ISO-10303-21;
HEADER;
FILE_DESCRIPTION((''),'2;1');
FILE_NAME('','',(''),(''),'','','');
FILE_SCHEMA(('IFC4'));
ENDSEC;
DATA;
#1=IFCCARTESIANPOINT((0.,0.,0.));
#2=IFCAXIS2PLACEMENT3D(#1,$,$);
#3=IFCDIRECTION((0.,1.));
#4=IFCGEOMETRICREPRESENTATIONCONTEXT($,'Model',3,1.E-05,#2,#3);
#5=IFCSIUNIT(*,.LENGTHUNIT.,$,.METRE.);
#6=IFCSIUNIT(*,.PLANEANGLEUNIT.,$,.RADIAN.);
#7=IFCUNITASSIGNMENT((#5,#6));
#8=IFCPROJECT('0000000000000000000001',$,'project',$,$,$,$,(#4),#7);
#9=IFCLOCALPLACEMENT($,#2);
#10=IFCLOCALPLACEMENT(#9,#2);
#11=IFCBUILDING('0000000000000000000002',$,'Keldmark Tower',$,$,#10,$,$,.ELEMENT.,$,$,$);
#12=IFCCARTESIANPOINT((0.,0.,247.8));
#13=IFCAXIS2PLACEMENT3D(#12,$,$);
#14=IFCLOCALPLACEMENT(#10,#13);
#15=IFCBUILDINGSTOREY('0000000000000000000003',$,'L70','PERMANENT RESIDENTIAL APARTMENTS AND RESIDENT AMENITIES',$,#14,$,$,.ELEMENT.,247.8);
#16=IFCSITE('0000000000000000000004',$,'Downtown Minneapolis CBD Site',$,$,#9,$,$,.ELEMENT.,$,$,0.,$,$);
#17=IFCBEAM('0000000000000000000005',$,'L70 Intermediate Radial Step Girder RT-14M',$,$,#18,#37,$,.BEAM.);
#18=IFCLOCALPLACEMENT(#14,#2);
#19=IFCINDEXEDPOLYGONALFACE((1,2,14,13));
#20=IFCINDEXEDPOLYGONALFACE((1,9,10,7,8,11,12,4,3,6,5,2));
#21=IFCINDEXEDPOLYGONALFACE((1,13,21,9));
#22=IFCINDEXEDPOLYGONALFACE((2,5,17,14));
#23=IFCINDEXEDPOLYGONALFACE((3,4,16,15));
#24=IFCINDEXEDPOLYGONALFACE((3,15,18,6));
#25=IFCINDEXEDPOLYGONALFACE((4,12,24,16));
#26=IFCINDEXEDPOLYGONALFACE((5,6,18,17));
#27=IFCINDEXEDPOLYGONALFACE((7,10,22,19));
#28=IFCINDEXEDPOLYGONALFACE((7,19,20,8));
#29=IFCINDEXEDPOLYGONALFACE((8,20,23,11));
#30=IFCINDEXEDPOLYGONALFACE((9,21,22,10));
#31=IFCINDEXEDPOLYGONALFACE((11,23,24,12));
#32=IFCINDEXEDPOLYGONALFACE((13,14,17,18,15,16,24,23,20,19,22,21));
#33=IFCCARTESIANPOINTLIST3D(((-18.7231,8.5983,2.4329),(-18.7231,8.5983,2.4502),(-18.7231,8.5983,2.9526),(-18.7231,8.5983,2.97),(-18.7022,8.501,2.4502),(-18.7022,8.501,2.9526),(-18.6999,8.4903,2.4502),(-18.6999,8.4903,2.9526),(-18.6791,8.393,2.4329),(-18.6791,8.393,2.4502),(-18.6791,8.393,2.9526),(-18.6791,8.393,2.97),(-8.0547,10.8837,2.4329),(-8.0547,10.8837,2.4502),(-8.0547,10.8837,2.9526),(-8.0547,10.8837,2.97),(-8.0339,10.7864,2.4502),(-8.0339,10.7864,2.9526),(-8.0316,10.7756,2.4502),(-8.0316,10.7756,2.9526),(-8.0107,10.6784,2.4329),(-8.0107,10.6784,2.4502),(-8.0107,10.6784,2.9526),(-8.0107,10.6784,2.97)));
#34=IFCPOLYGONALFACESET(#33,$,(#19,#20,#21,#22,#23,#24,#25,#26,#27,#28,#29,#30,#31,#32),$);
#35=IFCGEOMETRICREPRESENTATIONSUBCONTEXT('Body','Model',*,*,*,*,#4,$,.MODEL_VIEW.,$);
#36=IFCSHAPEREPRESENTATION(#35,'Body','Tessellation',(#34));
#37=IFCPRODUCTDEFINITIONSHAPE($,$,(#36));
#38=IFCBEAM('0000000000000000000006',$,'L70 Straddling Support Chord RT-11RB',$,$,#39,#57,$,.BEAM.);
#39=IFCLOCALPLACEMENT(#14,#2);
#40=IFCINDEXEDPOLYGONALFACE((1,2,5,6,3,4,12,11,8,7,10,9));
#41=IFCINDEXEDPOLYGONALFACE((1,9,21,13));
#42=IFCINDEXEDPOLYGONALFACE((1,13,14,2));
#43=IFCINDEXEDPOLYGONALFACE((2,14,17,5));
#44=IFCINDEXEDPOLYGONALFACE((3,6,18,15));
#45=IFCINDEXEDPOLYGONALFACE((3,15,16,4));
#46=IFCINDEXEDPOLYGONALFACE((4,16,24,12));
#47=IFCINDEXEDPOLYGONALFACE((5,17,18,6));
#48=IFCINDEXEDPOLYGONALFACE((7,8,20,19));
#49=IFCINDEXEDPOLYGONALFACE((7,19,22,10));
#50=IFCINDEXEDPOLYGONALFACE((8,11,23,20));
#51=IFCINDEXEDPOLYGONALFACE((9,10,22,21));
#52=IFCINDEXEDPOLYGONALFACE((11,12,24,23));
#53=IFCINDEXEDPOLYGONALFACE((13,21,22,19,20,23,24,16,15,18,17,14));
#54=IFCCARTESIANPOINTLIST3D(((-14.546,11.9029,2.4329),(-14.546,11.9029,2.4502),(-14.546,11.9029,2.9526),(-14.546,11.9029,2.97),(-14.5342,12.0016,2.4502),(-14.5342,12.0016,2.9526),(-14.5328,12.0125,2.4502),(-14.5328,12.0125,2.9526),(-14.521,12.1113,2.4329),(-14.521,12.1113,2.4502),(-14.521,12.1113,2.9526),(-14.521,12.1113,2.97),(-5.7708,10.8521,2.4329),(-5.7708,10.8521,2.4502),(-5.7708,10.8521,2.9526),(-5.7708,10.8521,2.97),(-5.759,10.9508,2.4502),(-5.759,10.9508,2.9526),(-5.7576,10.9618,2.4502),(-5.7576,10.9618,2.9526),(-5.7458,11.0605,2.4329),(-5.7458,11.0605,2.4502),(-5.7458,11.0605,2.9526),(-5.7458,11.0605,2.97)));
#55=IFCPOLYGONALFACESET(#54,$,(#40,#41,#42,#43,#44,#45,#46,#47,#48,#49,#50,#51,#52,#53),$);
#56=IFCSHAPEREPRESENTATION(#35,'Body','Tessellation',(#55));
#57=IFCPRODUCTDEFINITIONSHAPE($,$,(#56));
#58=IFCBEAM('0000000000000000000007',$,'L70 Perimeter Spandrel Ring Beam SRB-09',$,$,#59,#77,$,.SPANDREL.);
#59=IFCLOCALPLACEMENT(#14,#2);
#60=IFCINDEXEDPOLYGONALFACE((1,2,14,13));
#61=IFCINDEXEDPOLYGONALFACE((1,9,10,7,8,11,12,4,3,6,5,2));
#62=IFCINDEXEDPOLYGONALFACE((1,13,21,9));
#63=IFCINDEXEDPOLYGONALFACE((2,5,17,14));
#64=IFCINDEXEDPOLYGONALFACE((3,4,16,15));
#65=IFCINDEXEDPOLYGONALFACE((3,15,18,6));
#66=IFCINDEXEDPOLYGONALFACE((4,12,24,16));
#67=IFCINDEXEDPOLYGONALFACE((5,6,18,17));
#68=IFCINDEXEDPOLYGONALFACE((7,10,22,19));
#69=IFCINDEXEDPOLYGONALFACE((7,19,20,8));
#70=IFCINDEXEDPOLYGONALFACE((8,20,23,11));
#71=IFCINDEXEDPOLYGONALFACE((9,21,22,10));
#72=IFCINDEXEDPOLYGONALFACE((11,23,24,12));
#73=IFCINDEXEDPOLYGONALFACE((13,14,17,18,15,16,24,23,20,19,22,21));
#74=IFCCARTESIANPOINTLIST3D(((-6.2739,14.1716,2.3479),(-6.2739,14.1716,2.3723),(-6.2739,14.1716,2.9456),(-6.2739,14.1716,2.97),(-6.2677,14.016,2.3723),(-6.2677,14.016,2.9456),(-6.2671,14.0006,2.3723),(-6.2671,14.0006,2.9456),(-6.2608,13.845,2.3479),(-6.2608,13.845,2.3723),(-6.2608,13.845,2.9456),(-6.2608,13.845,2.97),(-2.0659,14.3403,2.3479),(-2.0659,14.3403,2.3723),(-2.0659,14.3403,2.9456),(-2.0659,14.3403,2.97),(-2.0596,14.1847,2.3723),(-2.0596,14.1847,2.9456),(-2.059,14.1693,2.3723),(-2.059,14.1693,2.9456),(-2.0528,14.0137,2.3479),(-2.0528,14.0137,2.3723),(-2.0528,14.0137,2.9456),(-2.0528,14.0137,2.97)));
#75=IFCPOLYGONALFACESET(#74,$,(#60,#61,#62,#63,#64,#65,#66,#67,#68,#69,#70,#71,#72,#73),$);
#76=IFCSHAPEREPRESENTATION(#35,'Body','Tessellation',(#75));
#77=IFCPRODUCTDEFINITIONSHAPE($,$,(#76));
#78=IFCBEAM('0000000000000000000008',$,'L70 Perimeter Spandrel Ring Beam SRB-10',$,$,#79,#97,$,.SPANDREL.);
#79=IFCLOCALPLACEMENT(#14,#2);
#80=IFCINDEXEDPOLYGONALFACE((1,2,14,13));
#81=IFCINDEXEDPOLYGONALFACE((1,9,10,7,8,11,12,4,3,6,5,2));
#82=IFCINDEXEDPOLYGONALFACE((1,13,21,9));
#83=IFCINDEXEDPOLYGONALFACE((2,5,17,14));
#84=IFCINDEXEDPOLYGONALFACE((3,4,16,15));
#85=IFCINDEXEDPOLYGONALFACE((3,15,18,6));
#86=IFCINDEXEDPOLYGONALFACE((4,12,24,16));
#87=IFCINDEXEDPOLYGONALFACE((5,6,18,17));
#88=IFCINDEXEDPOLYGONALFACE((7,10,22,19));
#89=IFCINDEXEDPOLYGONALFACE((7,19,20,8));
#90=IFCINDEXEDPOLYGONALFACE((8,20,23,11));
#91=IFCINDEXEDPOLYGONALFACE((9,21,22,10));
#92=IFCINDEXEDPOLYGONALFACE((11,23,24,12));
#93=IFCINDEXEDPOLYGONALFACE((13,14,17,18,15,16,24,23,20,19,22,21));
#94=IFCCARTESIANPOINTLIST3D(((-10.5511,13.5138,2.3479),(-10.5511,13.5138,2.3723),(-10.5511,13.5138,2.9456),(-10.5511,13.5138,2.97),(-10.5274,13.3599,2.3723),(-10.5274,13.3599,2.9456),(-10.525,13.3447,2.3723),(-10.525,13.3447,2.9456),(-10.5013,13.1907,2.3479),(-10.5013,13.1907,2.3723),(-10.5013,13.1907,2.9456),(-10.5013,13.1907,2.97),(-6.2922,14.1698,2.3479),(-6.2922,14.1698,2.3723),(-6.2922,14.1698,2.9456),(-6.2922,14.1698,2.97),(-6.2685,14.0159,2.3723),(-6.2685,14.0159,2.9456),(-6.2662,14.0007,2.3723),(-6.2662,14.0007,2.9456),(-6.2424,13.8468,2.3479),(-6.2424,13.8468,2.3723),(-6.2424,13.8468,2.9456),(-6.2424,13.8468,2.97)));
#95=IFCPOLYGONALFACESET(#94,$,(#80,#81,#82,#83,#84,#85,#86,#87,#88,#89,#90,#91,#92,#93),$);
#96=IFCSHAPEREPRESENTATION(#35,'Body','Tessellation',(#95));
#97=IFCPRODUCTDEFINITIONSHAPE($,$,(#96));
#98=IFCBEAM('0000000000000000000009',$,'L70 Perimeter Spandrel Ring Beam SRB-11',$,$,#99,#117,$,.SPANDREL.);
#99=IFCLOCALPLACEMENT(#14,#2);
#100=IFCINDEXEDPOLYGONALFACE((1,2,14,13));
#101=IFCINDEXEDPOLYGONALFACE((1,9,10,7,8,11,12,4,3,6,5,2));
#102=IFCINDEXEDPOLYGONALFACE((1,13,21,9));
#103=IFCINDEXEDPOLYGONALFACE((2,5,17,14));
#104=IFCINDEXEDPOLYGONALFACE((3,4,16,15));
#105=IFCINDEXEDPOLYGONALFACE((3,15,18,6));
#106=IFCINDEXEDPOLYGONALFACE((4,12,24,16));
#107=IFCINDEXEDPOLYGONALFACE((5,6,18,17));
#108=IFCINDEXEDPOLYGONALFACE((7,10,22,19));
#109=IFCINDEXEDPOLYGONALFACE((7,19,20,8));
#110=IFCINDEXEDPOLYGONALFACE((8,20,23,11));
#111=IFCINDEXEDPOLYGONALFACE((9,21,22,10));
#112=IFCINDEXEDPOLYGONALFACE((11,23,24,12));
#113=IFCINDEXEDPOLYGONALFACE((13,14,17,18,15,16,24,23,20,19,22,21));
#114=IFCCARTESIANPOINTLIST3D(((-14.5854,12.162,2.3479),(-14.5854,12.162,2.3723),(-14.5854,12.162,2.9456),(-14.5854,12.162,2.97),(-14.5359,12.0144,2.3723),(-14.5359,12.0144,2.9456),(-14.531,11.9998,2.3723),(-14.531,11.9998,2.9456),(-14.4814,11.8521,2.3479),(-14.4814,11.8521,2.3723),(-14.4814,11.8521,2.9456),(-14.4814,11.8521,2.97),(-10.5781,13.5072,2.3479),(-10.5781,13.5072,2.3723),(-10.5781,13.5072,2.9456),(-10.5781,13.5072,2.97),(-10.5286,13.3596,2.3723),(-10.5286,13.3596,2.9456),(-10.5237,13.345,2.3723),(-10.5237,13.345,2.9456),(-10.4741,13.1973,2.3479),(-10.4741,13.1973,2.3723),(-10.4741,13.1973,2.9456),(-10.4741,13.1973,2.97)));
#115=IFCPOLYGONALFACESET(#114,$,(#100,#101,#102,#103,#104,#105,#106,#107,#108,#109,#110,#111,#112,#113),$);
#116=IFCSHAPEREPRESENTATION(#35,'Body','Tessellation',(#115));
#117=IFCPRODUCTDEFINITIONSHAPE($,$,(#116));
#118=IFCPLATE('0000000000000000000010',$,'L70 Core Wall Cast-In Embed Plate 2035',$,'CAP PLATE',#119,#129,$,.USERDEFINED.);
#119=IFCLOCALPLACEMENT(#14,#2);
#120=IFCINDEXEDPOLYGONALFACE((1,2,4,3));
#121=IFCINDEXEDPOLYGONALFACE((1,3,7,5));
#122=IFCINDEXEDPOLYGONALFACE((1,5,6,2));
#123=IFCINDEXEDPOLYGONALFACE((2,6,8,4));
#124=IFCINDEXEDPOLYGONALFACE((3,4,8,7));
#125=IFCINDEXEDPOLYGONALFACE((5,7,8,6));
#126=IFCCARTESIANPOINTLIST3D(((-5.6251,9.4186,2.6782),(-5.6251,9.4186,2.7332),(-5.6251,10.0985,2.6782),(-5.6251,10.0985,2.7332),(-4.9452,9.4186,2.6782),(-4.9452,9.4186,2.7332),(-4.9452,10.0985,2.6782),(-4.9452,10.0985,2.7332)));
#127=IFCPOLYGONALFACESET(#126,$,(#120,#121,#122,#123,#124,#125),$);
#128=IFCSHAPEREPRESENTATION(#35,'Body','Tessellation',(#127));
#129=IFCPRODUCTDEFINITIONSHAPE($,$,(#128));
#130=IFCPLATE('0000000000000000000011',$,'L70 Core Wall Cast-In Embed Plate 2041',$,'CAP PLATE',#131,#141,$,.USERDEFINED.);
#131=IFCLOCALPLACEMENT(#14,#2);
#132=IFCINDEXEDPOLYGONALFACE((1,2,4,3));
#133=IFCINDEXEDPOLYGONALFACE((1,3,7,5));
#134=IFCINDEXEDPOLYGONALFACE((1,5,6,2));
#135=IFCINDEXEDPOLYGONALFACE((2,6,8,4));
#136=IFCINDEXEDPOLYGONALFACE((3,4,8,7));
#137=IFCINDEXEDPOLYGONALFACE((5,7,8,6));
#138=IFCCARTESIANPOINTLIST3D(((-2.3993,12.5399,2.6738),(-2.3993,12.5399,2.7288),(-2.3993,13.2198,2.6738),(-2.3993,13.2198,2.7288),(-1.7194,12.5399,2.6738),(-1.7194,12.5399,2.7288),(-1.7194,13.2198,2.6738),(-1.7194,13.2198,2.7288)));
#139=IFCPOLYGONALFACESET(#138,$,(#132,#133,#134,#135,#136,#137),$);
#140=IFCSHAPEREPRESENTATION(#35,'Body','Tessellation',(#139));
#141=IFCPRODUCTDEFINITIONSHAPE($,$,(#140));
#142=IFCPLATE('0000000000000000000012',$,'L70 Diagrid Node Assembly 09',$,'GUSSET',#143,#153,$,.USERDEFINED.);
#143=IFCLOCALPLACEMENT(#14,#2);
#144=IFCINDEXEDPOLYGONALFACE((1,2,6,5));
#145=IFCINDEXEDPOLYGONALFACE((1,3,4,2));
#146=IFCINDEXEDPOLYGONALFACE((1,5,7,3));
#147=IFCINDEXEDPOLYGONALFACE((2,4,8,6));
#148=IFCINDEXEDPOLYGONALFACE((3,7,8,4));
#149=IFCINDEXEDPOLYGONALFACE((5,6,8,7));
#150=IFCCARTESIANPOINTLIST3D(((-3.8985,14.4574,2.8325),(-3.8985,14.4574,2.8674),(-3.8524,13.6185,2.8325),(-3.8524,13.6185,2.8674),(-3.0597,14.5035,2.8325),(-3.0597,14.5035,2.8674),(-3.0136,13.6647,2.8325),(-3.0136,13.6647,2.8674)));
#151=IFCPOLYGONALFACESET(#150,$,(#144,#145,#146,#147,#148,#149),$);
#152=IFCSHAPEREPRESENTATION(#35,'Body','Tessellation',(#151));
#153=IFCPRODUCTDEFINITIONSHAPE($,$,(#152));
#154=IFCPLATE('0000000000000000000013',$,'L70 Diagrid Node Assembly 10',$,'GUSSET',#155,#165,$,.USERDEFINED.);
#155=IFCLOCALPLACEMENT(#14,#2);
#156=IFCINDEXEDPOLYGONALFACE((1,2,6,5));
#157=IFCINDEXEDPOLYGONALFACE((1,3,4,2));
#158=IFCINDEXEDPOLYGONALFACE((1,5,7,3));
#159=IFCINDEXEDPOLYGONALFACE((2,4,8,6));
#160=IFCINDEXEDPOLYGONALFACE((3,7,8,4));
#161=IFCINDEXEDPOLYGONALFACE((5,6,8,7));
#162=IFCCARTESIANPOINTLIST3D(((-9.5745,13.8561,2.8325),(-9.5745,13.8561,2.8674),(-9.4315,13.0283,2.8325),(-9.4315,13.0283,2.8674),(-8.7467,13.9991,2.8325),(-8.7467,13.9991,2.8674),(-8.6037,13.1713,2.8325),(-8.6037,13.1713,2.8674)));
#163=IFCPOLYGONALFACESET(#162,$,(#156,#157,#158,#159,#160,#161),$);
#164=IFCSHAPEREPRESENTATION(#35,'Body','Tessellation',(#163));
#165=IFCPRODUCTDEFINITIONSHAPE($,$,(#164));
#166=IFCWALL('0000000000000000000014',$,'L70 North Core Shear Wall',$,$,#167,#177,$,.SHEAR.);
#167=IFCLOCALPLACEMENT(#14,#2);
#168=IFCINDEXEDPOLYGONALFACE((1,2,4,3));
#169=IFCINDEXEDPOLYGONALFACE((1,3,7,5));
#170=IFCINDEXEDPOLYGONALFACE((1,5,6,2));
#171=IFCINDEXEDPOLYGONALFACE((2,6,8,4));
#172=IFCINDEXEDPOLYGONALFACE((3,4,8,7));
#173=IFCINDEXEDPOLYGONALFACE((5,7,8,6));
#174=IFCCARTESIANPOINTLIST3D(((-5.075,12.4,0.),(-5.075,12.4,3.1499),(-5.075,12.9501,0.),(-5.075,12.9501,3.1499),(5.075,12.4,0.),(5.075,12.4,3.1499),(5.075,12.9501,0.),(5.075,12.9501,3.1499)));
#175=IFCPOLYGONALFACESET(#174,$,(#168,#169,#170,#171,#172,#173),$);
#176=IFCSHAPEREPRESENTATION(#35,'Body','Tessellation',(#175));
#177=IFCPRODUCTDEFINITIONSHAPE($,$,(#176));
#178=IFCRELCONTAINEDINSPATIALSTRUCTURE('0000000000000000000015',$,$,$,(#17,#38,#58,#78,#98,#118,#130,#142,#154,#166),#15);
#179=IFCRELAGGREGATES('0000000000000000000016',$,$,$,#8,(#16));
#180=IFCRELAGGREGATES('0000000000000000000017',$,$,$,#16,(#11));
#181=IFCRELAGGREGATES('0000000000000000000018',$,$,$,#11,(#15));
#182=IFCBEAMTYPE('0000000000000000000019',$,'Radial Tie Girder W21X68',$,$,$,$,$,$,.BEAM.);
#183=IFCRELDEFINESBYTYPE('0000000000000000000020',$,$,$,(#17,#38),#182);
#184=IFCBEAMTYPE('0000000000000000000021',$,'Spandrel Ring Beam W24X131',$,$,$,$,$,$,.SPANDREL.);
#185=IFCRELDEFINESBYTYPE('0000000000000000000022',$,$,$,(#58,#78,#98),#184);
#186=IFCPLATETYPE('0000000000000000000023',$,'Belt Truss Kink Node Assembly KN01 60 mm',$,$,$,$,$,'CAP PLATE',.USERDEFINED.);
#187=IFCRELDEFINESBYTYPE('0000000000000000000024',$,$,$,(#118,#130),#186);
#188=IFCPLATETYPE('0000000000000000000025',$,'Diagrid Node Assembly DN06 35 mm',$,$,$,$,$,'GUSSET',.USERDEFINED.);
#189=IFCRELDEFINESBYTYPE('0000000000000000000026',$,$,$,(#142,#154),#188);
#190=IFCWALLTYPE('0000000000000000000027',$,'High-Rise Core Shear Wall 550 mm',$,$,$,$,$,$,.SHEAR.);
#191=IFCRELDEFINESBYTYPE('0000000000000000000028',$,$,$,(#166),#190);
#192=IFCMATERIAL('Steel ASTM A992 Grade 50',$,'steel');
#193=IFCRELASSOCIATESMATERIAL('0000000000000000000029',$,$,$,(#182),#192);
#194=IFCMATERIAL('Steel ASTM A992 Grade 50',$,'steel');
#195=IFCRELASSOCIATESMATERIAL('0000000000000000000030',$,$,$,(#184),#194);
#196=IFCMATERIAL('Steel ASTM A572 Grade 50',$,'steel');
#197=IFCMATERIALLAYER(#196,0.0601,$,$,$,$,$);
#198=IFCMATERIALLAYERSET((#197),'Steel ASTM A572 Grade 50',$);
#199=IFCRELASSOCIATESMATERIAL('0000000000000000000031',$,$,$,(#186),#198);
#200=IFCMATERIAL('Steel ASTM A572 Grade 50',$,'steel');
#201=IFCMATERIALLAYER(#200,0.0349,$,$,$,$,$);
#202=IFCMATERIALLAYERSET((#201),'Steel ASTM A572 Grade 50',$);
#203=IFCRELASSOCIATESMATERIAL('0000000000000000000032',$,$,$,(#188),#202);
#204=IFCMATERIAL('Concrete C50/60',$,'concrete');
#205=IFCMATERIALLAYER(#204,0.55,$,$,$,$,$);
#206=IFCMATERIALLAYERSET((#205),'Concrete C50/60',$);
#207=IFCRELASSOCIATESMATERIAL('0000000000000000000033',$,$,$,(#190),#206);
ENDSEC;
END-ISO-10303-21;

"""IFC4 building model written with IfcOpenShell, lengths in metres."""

from ifc_helpers import new_model, si_unit, direction, frame, frame_2d, origin, origin_2d, place, context, subcontext, project, spatial, rectangle, i_section, extrude, material, layer, layer_set, material_profile, profile_set, type_object, element, save


model = new_model("IFC4")

# Units and contexts
model_context = context("Model", 3, precision=1e-05, world=origin(), true_north=direction((0.0, 1.0)))
body_context = subcontext(model_context, "Body", "Model", "MODEL_VIEW")
ifc_project = project(units=[si_unit("LENGTHUNIT", "METRE"), si_unit("PLANEANGLEUNIT", "RADIAN")], contexts=[model_context])

# Site, building, storey
site_placement = place(None, origin())
site = spatial("IfcSite", under=ifc_project, at=site_placement, Name="Downtown Minneapolis CBD Site", CompositionType="ELEMENT", RefElevation=0.0)
building_placement = place(site_placement, origin())
building = spatial("IfcBuilding", under=site, at=building_placement, Name="Keldmark Tower", CompositionType="ELEMENT")
storey_placement = place(building_placement, frame((0.0, 0.0, 247.8)))
storey = spatial("IfcBuildingStorey", under=building, at=storey_placement, Name="L70", Description="PERMANENT RESIDENTIAL APARTMENTS AND RESIDENT AMENITIES", CompositionType="ELEMENT", Elevation=247.8)

# Beams
ifc_material_1 = material(Name="Steel ASTM A992 Grade 50", Category="steel")
ifc_material_profile_1 = material_profile(ifc_material_1, i_section(OverallWidth=0.21, OverallDepth=0.5371, WebThickness=0.011, FlangeThickness=0.0173, at=origin_2d()), Name="W21X68")
ifc_profile_set_1 = profile_set([ifc_material_profile_1], Name="Steel ASTM A992 Grade 50")
beam_type_1 = type_object("IfcBeamType", Name="Radial Tie Girder W21X68", PredefinedType="BEAM", material=ifc_profile_set_1)
beam_1_placement = place(storey_placement, frame((-8.0327, 10.781, 2.7014), z_axis=(-0.977816, -0.209468, 0.0), x_axis=(0.209468, -0.977816, 0.0)))
element("IfcBeam", 1, at=beam_1_placement, inside=storey, type_object=beam_type_1, Name="L70 Intermediate Radial Step Girder RT-14M", PredefinedType="BEAM", context=body_context, shape_type="SweptSolid", body=[
    extrude(i_section(OverallWidth=0.21, OverallDepth=0.5371, WebThickness=0.011, FlangeThickness=0.0173, at=origin_2d()), origin(), (0.0, 0.0, 1.0), 10.9104),
])
beam_2_placement = place(storey_placement, frame((-5.7583, 10.9563, 2.7014), z_axis=(-0.992907, 0.118896, 0.0), x_axis=(-0.118896, -0.992907, 0.0)))
element("IfcBeam", 2, at=beam_2_placement, inside=storey, type_object=beam_type_1, Name="L70 Straddling Support Chord RT-11RB", PredefinedType="BEAM", context=body_context, shape_type="SweptSolid", body=[
    extrude(i_section(OverallWidth=0.21, OverallDepth=0.5371, WebThickness=0.011, FlangeThickness=0.0173, at=origin_2d()), origin(), (0.0, 0.0, 1.0), 8.8379),
])
ifc_material_2 = material(Name="Steel ASTM A992 Grade 50", Category="steel")
ifc_material_profile_2 = material_profile(ifc_material_2, i_section(OverallWidth=0.3269, OverallDepth=0.6221, WebThickness=0.0154, FlangeThickness=0.0244, at=origin_2d()), Name="W24X131")
ifc_profile_set_2 = profile_set([ifc_material_profile_2], Name="Steel ASTM A992 Grade 50")
beam_type_2 = type_object("IfcBeamType", Name="Spandrel Ring Beam W24X131", PredefinedType="SPANDREL", material=ifc_profile_set_2)
beam_3_placement = place(storey_placement, frame((-2.0593, 14.177, 2.6589), z_axis=(-0.999197, -0.040058, 0.0), x_axis=(0.040058, -0.999197, 0.0)))
element("IfcBeam", 3, at=beam_3_placement, inside=storey, type_object=beam_type_2, Name="L70 Perimeter Spandrel Ring Beam SRB-09", PredefinedType="SPANDREL", context=body_context, shape_type="SweptSolid", body=[
    extrude(i_section(OverallWidth=0.3269, OverallDepth=0.6221, WebThickness=0.0154, FlangeThickness=0.0244, at=origin_2d()), origin(), (0.0, 0.0, 1.0), 4.2114),
])
beam_4_placement = place(storey_placement, frame((-6.2673, 14.0083, 2.6589), z_axis=(-0.988344, -0.15224, 0.0), x_axis=(0.15224, -0.988344, 0.0)))
element("IfcBeam", 4, at=beam_4_placement, inside=storey, type_object=beam_type_2, Name="L70 Perimeter Spandrel Ring Beam SRB-10", PredefinedType="SPANDREL", context=body_context, shape_type="SweptSolid", body=[
    extrude(i_section(OverallWidth=0.3269, OverallDepth=0.6221, WebThickness=0.0154, FlangeThickness=0.0244, at=origin_2d()), origin(), (0.0, 0.0, 1.0), 4.3091),
])
beam_5_placement = place(storey_placement, frame((-10.5261, 13.3523, 2.6589), z_axis=(-0.948011, -0.318237, 0.0), x_axis=(0.318237, -0.948011, 0.0)))
element("IfcBeam", 5, at=beam_5_placement, inside=storey, type_object=beam_type_2, Name="L70 Perimeter Spandrel Ring Beam SRB-11", PredefinedType="SPANDREL", context=body_context, shape_type="SweptSolid", body=[
    extrude(i_section(OverallWidth=0.3269, OverallDepth=0.6221, WebThickness=0.0154, FlangeThickness=0.0244, at=origin_2d()), origin(), (0.0, 0.0, 1.0), 4.2271),
])

# Plates
ifc_material_3 = material(Name="Steel ASTM A572 Grade 50", Category="steel")
ifc_layer_1 = layer(ifc_material_3, 0.0601)
ifc_layer_set_1 = layer_set([ifc_layer_1], Name="Steel ASTM A572 Grade 50")
plate_type_1 = type_object("IfcPlateType", Name="Belt Truss Kink Node Assembly KN01 60 mm", ElementType="CAP PLATE", PredefinedType="USERDEFINED", material=ifc_layer_set_1)
for number, where, z_axis, x_axis, name in (
    (6, (-5.2852, 9.7585, 2.6782), (0.0, 0.0, 1.0), (1.0, 0.0, 0.0), "L70 Core Wall Cast-In Embed Plate 2035"),
    (7, (-2.0593, 12.8799, 2.6738), (0.0, 0.0, 1.0), (1.0, 0.0, 0.0), "L70 Core Wall Cast-In Embed Plate 2041"),
):
    element("IfcPlate", number, at=place(storey_placement, frame(where, z_axis=z_axis, x_axis=x_axis)), inside=storey, type_object=plate_type_1, Name=name, ObjectType="CAP PLATE", PredefinedType="USERDEFINED", context=body_context, shape_type="SweptSolid", body=[
        extrude(rectangle(XDim=0.6799, YDim=0.6799, at=origin_2d()), origin(), (0.0, 0.0, 1.0), 0.0549),
    ])
ifc_material_4 = material(Name="Steel ASTM A572 Grade 50", Category="steel")
ifc_layer_2 = layer(ifc_material_4, 0.0349)
ifc_layer_set_2 = layer_set([ifc_layer_2], Name="Steel ASTM A572 Grade 50")
plate_type_2 = type_object("IfcPlateType", Name="Diagrid Node Assembly DN06 35 mm", ElementType="GUSSET", PredefinedType="USERDEFINED", material=ifc_layer_set_2)
for number, where, z_axis, x_axis, name in (
    (8, (-3.4561, 14.061, 2.8325), (0.0, 0.0, 1.0), (-0.998489, -0.05495, 0.0), "L70 Diagrid Node Assembly 09"),
    (9, (-9.0891, 13.5137, 2.8325), (0.0, 0.0, 1.0), (-0.985408, -0.170209, 0.0), "L70 Diagrid Node Assembly 10"),
):
    element("IfcPlate", number, at=place(storey_placement, frame(where, z_axis=z_axis, x_axis=x_axis)), inside=storey, type_object=plate_type_2, Name=name, ObjectType="GUSSET", PredefinedType="USERDEFINED", context=body_context, shape_type="SweptSolid", body=[
        extrude(rectangle(XDim=0.8401, YDim=0.8401, at=origin_2d()), origin(), (0.0, 0.0, 1.0), 0.0349),
    ])

# Wall
ifc_material_5 = material(Name="Concrete C50/60", Category="concrete")
ifc_layer_3 = layer(ifc_material_5, 0.55)
ifc_layer_set_3 = layer_set([ifc_layer_3], Name="Concrete C50/60")
wall_type_1 = type_object("IfcWallType", Name="High-Rise Core Shear Wall 550 mm", PredefinedType="SHEAR", material=ifc_layer_set_3)
wall_1_placement = place(storey_placement, frame((-5.075, 12.675, 0.0), z_axis=(0.0, 0.0, 1.0), x_axis=(1.0, 0.0, 0.0)))
element("IfcWall", 10, at=wall_1_placement, inside=storey, type_object=wall_type_1, Name="L70 North Core Shear Wall", PredefinedType="SHEAR", context=body_context, shape_type="SweptSolid", body=[
    extrude(rectangle(XDim=10.1499, YDim=0.55, at=frame_2d((5.075, 0.0))), origin(), (0.0, 0.0, 1.0), 3.1499),
])

save(model, "model.ifc")
